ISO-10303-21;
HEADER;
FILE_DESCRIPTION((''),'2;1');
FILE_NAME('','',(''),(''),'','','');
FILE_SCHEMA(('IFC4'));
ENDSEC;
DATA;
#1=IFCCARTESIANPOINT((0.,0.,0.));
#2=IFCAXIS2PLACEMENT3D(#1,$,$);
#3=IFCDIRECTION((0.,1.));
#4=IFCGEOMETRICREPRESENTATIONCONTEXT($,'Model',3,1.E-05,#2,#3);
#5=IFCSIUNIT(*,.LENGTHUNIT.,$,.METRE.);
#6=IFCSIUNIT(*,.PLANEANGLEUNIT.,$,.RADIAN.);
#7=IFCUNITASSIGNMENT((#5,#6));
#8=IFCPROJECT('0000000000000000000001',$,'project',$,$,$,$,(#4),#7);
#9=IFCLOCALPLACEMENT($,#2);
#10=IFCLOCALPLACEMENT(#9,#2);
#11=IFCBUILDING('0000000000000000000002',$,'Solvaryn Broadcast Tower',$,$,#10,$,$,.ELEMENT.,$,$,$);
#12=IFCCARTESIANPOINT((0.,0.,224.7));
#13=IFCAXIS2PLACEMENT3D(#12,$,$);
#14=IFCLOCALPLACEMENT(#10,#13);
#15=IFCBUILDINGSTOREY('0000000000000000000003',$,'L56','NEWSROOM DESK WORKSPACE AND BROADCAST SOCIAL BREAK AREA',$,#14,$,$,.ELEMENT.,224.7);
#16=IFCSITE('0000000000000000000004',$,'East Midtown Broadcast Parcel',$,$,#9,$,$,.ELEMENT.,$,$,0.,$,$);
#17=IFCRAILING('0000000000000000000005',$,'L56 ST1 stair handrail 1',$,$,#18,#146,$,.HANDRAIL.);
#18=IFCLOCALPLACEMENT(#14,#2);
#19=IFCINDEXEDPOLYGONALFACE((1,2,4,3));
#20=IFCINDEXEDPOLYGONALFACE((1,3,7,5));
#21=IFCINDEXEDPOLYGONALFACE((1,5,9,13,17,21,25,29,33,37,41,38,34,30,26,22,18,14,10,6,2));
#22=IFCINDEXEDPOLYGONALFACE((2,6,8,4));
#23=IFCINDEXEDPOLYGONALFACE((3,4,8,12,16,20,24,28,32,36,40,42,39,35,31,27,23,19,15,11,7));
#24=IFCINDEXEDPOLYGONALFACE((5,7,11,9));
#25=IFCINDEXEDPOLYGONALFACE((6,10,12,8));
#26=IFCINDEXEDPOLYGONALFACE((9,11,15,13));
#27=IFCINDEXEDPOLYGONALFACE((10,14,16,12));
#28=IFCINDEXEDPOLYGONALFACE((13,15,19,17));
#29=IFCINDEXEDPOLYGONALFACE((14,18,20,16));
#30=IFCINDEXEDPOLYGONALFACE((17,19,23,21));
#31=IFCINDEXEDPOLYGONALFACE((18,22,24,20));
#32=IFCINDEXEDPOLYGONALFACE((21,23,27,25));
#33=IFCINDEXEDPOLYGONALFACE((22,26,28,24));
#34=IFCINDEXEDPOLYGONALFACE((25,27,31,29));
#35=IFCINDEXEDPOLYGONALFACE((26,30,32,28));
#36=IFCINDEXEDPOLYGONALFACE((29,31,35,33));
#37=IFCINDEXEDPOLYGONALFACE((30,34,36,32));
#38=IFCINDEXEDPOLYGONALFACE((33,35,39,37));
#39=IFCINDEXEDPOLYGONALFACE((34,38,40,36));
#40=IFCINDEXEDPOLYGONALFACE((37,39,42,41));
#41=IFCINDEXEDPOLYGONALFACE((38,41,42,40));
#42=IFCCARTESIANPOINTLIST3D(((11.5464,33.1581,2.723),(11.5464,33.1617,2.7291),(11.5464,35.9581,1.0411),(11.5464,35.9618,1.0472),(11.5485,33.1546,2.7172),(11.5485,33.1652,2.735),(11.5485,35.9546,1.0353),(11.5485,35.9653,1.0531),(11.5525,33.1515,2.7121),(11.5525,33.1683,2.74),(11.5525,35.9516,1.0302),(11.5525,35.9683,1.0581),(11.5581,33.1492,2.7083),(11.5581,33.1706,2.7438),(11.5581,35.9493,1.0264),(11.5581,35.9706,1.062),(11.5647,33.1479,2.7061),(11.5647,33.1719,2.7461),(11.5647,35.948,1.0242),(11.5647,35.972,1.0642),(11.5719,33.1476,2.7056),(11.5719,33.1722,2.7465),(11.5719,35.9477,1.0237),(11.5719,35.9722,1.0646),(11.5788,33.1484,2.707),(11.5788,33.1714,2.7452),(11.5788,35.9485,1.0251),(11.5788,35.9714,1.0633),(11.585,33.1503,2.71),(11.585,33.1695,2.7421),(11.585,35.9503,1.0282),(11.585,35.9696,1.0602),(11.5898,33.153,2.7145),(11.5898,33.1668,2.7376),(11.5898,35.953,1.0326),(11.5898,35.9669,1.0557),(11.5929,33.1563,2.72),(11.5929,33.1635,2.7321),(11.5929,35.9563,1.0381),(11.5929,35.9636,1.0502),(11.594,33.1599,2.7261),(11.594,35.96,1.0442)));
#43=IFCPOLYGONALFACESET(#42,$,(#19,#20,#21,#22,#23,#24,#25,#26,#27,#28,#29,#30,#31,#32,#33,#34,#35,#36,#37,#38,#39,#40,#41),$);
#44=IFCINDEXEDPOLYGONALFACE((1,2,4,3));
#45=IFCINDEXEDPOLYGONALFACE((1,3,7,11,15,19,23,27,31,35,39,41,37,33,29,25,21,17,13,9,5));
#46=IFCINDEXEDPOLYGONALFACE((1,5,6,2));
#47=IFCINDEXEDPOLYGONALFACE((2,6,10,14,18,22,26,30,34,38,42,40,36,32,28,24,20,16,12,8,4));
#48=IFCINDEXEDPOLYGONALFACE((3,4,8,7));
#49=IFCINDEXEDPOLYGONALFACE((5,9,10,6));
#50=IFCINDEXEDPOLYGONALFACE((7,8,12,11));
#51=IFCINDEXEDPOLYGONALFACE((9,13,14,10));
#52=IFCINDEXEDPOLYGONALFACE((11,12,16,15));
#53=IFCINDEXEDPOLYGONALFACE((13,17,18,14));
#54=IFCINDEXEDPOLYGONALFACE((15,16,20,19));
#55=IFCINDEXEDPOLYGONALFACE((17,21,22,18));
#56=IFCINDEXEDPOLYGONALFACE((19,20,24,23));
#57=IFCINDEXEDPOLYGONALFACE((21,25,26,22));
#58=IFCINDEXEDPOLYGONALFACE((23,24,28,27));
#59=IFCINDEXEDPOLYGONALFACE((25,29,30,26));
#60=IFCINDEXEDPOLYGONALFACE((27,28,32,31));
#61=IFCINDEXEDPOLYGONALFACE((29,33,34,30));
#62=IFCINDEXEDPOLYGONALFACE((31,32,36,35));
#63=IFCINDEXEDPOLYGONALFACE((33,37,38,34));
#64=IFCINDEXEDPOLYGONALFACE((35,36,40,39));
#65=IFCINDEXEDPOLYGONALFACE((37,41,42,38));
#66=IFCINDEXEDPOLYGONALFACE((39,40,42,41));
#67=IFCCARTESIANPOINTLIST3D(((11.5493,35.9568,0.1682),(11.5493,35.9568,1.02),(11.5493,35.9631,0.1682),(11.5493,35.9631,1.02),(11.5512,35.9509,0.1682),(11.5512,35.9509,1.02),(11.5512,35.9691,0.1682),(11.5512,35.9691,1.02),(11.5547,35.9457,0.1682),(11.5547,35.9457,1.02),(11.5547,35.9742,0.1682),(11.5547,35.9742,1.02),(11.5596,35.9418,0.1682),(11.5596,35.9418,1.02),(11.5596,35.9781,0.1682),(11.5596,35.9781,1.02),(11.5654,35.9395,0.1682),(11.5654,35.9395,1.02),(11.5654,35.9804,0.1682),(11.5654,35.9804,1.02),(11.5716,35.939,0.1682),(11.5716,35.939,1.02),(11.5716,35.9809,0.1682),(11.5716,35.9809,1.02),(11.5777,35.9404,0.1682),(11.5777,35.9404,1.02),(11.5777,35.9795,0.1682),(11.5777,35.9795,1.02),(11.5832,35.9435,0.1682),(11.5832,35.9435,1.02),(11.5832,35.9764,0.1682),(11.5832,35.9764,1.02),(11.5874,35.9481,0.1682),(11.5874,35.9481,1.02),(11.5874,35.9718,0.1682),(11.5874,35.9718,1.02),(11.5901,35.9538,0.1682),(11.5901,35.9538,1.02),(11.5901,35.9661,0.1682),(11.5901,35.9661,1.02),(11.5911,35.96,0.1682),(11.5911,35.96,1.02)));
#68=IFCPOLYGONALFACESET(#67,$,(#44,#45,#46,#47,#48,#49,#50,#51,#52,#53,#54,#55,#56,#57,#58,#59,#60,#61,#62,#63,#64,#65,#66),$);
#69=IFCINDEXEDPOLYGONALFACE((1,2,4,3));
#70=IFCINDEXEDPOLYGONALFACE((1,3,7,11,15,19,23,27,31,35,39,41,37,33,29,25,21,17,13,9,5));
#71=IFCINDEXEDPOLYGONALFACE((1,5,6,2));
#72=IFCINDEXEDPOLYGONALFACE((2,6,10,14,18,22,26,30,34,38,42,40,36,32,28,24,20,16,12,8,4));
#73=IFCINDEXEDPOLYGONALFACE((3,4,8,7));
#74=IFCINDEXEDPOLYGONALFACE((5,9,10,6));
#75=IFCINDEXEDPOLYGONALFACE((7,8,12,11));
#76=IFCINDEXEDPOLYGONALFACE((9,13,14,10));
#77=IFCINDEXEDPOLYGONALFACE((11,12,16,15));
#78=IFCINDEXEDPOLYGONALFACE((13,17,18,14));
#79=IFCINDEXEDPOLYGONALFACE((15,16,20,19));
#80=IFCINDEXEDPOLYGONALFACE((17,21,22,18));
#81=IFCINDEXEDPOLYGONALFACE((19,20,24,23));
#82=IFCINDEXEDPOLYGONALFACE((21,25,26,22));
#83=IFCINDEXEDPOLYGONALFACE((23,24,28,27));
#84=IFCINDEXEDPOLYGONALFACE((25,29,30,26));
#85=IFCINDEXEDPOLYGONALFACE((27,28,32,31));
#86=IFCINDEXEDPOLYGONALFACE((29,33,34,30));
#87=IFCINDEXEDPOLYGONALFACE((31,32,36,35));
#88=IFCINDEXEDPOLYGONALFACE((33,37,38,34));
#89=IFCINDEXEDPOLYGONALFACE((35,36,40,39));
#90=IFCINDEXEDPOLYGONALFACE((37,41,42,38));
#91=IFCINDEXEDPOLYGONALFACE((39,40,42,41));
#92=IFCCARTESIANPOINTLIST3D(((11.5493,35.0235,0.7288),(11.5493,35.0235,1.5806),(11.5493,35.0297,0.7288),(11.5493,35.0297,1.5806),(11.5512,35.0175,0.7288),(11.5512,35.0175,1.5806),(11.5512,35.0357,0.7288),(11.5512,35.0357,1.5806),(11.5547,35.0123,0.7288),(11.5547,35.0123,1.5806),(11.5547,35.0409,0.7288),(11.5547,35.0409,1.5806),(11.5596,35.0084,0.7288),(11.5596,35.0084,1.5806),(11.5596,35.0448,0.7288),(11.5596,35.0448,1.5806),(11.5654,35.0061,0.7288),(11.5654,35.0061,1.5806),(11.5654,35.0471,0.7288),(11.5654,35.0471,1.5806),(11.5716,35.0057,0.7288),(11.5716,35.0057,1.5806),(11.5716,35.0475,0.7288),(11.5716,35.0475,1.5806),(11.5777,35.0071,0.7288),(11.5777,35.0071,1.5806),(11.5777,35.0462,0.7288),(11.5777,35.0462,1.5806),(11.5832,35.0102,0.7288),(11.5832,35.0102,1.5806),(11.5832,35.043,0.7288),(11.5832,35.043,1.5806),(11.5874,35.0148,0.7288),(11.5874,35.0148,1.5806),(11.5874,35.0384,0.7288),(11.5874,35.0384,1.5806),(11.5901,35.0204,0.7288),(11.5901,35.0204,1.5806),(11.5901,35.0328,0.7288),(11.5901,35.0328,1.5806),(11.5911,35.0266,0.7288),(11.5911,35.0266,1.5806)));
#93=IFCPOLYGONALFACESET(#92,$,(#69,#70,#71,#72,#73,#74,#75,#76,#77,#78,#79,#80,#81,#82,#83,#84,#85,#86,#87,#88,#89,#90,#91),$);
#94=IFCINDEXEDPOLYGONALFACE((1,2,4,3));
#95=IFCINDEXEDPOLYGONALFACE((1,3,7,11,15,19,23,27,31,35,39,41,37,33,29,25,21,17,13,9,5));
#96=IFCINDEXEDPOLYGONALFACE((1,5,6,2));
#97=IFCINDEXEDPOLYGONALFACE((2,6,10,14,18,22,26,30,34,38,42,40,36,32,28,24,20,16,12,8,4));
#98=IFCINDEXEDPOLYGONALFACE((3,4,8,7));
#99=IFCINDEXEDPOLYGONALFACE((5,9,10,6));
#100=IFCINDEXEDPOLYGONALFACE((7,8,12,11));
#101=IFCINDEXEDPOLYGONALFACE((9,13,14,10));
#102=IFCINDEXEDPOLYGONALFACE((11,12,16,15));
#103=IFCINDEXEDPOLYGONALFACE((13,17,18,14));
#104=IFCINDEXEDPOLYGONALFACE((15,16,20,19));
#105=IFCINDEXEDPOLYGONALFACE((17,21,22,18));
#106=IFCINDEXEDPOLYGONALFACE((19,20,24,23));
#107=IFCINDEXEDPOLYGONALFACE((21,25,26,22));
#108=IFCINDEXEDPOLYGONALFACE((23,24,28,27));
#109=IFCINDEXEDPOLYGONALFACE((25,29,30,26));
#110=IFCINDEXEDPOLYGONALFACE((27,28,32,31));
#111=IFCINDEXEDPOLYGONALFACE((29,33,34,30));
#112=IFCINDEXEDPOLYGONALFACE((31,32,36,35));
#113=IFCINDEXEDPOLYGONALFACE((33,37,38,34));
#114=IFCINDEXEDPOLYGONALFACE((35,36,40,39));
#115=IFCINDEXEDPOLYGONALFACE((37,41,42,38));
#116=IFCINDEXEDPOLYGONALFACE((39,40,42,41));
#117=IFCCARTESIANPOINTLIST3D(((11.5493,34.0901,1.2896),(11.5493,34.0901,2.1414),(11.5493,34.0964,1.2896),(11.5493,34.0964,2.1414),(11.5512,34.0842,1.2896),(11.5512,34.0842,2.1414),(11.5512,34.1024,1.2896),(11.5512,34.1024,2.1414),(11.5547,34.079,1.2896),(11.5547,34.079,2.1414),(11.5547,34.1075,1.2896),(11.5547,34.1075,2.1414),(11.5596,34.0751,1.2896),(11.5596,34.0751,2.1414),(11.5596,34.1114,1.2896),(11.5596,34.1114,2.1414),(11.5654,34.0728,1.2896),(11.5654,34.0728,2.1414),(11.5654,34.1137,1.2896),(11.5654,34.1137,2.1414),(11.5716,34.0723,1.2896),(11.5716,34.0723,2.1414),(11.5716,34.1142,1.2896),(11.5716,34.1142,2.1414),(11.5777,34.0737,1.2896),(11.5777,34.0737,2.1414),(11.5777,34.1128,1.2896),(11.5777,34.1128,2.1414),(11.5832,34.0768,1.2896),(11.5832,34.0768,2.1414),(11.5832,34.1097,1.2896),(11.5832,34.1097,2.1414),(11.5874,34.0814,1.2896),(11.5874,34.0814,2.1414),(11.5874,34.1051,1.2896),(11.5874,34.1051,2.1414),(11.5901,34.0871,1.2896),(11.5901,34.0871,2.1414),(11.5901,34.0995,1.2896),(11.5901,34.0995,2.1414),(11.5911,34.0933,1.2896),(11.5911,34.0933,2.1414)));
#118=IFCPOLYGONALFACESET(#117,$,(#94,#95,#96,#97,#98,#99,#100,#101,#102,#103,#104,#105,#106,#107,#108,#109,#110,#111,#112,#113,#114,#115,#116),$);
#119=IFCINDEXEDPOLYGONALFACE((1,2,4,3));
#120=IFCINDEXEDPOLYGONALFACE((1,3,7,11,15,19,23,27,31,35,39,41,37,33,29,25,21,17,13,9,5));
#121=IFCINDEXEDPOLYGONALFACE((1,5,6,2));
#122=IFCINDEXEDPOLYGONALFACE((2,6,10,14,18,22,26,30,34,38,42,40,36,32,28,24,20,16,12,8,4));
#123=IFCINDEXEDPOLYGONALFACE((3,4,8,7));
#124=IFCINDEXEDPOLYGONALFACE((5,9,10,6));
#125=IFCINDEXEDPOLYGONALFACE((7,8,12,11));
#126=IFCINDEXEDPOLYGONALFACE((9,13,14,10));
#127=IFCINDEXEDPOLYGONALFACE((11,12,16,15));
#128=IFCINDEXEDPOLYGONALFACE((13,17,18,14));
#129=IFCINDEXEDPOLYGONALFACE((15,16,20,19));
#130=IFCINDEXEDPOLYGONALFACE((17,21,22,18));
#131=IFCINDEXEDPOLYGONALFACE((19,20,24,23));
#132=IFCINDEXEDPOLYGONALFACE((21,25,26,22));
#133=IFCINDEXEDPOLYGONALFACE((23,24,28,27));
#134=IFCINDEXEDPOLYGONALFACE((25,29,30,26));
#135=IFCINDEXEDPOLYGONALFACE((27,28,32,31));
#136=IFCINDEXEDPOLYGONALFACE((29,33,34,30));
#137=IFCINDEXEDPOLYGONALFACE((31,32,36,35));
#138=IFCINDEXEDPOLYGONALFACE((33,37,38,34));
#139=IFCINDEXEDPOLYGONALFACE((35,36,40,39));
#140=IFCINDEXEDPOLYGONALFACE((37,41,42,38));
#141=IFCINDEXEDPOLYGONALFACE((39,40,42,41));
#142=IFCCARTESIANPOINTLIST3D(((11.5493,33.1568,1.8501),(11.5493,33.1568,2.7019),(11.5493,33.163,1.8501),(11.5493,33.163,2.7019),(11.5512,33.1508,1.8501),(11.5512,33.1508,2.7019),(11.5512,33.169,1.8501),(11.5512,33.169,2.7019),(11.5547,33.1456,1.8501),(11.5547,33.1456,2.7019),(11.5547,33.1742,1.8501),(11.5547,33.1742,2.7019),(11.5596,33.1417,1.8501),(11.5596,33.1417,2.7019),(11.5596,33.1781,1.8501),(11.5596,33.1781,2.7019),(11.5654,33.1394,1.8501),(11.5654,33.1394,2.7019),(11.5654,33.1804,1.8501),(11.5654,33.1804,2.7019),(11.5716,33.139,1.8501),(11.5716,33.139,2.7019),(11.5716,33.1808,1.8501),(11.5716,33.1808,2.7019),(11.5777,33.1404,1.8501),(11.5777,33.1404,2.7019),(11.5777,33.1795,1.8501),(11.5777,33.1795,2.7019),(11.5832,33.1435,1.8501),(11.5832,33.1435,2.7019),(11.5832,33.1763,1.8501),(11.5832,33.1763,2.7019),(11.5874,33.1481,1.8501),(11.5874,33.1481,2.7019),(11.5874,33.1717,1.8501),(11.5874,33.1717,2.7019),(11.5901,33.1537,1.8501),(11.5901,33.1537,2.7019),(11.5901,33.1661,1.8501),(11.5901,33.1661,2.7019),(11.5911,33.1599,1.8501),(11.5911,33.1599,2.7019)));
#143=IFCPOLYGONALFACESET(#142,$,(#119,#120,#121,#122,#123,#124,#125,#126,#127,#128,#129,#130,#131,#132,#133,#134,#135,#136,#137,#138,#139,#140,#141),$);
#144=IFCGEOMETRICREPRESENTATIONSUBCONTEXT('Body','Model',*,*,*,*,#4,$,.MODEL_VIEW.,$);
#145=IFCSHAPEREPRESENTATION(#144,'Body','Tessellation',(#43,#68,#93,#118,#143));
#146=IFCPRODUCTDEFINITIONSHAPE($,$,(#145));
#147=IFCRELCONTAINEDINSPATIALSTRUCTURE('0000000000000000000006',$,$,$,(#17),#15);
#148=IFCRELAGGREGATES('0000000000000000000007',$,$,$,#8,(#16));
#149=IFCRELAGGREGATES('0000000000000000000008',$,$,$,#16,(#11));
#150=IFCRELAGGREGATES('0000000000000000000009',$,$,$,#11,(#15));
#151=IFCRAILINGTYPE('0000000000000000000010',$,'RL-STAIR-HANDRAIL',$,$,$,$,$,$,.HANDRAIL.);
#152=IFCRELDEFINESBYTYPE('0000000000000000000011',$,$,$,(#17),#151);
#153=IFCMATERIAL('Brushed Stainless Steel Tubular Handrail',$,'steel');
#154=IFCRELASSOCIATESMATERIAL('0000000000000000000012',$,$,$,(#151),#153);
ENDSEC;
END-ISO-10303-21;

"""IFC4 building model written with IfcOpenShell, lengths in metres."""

from ifc_helpers import new_model, si_unit, direction, frame, origin, origin_2d, place, context, subcontext, project, spatial, circle, extrude, material, type_object, element, save


model = new_model("IFC4")

# Units and contexts
model_context = context("Model", 3, precision=1e-05, world=origin(), true_north=direction((0.0, 1.0)))
body_context = subcontext(model_context, "Body", "Model", "MODEL_VIEW")
ifc_project = project(units=[si_unit("LENGTHUNIT", "METRE"), si_unit("PLANEANGLEUNIT", "RADIAN")], contexts=[model_context])

# Site, building, storey
site_placement = place(None, origin())
site = spatial("IfcSite", under=ifc_project, at=site_placement, Name="East Midtown Broadcast Parcel", CompositionType="ELEMENT", RefElevation=0.0)
building_placement = place(site_placement, origin())
building = spatial("IfcBuilding", under=site, at=building_placement, Name="Solvaryn Broadcast Tower", CompositionType="ELEMENT")
storey_placement = place(building_placement, frame((0.0, 0.0, 224.7)))
storey = spatial("IfcBuildingStorey", under=building, at=storey_placement, Name="L56", Description="NEWSROOM DESK WORKSPACE AND BROADCAST SOCIAL BREAK AREA", CompositionType="ELEMENT", Elevation=224.7)

# Railing
ifc_material_1 = material(Name="Brushed Stainless Steel Tubular Handrail", Category="steel")
railing_type_1 = type_object("IfcRailingType", Name="RL-STAIR-HANDRAIL", PredefinedType="HANDRAIL", material=ifc_material_1)
railing_1_placement = place(storey_placement, frame((11.5701, 35.96, 0.1682)))
element("IfcRailing", 1, at=railing_1_placement, inside=storey, type_object=railing_type_1, Name="L56 ST1 stair handrail 1", PredefinedType="HANDRAIL", context=body_context, shape_type="SweptSolid", body=[
    extrude(circle(Radius=0.0239, at=origin_2d()), frame((0.0, 0.0, 0.876), z_axis=(0.0, -0.857242, 0.514913), x_axis=(1.0, 0.0, 0.0)), (0.0, 0.0, 1.0), 3.2664),
    extrude(circle(Radius=0.021, at=origin_2d()), origin(), (0.0, 0.0, 1.0), 0.8518),
    extrude(circle(Radius=0.021, at=origin_2d()), frame((0.0, -0.9333, 0.5605)), (0.0, 0.0, 1.0), 0.8518),
    extrude(circle(Radius=0.021, at=origin_2d()), frame((0.0, -1.8667, 1.1213)), (0.0, 0.0, 1.0), 0.8518),
    extrude(circle(Radius=0.021, at=origin_2d()), frame((0.0, -2.8, 1.6819)), (0.0, 0.0, 1.0), 0.8518),
])

save(model, "model.ifc")
